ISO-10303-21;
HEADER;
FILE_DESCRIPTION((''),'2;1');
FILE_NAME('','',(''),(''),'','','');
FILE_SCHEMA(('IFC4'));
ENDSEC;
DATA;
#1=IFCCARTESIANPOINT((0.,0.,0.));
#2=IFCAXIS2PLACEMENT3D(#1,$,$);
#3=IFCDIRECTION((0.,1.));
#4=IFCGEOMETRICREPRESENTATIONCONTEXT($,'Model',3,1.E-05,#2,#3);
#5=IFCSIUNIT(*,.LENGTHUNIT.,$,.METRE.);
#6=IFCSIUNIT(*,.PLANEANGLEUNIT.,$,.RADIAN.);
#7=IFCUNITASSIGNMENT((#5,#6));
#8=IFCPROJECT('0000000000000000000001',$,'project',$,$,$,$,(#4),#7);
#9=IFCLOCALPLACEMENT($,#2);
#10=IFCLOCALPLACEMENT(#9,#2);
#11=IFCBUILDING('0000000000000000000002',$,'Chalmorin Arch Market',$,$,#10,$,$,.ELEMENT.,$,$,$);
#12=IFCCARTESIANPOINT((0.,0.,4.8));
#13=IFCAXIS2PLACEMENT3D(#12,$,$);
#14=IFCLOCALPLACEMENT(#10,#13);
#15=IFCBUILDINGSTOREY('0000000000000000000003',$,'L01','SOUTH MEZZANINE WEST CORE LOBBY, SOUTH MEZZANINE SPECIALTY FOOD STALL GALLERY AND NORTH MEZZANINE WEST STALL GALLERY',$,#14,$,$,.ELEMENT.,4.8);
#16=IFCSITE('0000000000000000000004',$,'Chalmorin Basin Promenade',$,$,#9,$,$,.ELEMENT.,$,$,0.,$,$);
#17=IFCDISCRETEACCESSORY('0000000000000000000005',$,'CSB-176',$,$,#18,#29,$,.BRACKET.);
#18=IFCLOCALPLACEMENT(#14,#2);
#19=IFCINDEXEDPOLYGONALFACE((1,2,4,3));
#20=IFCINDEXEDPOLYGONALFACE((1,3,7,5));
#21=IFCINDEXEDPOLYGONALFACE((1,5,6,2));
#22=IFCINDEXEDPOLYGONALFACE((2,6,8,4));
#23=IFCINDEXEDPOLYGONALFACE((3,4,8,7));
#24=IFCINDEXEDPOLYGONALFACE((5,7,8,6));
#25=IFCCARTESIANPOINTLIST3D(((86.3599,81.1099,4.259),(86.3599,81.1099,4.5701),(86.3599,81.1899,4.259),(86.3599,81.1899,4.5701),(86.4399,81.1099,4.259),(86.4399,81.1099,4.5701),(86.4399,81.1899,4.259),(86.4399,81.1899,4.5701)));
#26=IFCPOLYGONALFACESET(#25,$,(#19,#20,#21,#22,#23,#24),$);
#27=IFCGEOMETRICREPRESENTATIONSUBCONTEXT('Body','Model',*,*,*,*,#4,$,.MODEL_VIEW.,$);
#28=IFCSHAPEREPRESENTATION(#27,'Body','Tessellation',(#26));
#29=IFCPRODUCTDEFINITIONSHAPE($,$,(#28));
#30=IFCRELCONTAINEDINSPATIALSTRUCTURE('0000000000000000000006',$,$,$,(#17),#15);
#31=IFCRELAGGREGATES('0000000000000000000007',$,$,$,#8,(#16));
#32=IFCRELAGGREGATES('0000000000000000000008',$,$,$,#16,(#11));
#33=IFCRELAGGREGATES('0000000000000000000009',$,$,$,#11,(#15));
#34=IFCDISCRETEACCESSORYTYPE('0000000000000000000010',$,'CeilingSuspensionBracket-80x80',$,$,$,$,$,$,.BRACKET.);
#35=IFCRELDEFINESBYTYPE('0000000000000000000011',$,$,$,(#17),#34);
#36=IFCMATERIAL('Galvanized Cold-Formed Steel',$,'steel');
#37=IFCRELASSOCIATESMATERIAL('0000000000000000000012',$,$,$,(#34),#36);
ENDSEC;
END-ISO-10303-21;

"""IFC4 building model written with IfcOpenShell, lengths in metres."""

from ifc_helpers import new_model, si_unit, direction, frame, origin, origin_2d, place, context, subcontext, project, spatial, rectangle, extrude, material, type_object, element, save


model = new_model("IFC4")

# Units and contexts
model_context = context("Model", 3, precision=1e-05, world=origin(), true_north=direction((0.0, 1.0)))
body_context = subcontext(model_context, "Body", "Model", "MODEL_VIEW")
ifc_project = project(units=[si_unit("LENGTHUNIT", "METRE"), si_unit("PLANEANGLEUNIT", "RADIAN")], contexts=[model_context])

# Site, building, storey
site_placement = place(None, origin())
site = spatial("IfcSite", under=ifc_project, at=site_placement, Name="Chalmorin Basin Promenade", CompositionType="ELEMENT", RefElevation=0.0)
building_placement = place(site_placement, origin())
building = spatial("IfcBuilding", under=site, at=building_placement, Name="Chalmorin Arch Market", CompositionType="ELEMENT")
storey_placement = place(building_placement, frame((0.0, 0.0, 4.8)))
storey = spatial("IfcBuildingStorey", under=building, at=storey_placement, Name="L01", Description="SOUTH MEZZANINE WEST CORE LOBBY, SOUTH MEZZANINE SPECIALTY FOOD STALL GALLERY AND NORTH MEZZANINE WEST STALL GALLERY", CompositionType="ELEMENT", Elevation=4.8)

# Discrete accessory
ifc_material_1 = material(Name="Galvanized Cold-Formed Steel", Category="steel")
discrete_accessory_type = type_object("IfcDiscreteAccessoryType", Name="CeilingSuspensionBracket-80x80", PredefinedType="BRACKET", material=ifc_material_1)
discrete_accessory_placement = place(storey_placement, frame((86.3999, 81.1499, 4.259), z_axis=(0.0, 0.0, 1.0), x_axis=(1.0, 0.0, 0.0)))
element("IfcDiscreteAccessory", 1, at=discrete_accessory_placement, inside=storey, type_object=discrete_accessory_type, Name="CSB-176", PredefinedType="BRACKET", context=body_context, shape_type="SweptSolid", body=[
    extrude(rectangle(XDim=0.0801, YDim=0.0801, at=origin_2d()), origin(), (0.0, 0.0, 1.0), 0.311),
])

save(model, "model.ifc")
